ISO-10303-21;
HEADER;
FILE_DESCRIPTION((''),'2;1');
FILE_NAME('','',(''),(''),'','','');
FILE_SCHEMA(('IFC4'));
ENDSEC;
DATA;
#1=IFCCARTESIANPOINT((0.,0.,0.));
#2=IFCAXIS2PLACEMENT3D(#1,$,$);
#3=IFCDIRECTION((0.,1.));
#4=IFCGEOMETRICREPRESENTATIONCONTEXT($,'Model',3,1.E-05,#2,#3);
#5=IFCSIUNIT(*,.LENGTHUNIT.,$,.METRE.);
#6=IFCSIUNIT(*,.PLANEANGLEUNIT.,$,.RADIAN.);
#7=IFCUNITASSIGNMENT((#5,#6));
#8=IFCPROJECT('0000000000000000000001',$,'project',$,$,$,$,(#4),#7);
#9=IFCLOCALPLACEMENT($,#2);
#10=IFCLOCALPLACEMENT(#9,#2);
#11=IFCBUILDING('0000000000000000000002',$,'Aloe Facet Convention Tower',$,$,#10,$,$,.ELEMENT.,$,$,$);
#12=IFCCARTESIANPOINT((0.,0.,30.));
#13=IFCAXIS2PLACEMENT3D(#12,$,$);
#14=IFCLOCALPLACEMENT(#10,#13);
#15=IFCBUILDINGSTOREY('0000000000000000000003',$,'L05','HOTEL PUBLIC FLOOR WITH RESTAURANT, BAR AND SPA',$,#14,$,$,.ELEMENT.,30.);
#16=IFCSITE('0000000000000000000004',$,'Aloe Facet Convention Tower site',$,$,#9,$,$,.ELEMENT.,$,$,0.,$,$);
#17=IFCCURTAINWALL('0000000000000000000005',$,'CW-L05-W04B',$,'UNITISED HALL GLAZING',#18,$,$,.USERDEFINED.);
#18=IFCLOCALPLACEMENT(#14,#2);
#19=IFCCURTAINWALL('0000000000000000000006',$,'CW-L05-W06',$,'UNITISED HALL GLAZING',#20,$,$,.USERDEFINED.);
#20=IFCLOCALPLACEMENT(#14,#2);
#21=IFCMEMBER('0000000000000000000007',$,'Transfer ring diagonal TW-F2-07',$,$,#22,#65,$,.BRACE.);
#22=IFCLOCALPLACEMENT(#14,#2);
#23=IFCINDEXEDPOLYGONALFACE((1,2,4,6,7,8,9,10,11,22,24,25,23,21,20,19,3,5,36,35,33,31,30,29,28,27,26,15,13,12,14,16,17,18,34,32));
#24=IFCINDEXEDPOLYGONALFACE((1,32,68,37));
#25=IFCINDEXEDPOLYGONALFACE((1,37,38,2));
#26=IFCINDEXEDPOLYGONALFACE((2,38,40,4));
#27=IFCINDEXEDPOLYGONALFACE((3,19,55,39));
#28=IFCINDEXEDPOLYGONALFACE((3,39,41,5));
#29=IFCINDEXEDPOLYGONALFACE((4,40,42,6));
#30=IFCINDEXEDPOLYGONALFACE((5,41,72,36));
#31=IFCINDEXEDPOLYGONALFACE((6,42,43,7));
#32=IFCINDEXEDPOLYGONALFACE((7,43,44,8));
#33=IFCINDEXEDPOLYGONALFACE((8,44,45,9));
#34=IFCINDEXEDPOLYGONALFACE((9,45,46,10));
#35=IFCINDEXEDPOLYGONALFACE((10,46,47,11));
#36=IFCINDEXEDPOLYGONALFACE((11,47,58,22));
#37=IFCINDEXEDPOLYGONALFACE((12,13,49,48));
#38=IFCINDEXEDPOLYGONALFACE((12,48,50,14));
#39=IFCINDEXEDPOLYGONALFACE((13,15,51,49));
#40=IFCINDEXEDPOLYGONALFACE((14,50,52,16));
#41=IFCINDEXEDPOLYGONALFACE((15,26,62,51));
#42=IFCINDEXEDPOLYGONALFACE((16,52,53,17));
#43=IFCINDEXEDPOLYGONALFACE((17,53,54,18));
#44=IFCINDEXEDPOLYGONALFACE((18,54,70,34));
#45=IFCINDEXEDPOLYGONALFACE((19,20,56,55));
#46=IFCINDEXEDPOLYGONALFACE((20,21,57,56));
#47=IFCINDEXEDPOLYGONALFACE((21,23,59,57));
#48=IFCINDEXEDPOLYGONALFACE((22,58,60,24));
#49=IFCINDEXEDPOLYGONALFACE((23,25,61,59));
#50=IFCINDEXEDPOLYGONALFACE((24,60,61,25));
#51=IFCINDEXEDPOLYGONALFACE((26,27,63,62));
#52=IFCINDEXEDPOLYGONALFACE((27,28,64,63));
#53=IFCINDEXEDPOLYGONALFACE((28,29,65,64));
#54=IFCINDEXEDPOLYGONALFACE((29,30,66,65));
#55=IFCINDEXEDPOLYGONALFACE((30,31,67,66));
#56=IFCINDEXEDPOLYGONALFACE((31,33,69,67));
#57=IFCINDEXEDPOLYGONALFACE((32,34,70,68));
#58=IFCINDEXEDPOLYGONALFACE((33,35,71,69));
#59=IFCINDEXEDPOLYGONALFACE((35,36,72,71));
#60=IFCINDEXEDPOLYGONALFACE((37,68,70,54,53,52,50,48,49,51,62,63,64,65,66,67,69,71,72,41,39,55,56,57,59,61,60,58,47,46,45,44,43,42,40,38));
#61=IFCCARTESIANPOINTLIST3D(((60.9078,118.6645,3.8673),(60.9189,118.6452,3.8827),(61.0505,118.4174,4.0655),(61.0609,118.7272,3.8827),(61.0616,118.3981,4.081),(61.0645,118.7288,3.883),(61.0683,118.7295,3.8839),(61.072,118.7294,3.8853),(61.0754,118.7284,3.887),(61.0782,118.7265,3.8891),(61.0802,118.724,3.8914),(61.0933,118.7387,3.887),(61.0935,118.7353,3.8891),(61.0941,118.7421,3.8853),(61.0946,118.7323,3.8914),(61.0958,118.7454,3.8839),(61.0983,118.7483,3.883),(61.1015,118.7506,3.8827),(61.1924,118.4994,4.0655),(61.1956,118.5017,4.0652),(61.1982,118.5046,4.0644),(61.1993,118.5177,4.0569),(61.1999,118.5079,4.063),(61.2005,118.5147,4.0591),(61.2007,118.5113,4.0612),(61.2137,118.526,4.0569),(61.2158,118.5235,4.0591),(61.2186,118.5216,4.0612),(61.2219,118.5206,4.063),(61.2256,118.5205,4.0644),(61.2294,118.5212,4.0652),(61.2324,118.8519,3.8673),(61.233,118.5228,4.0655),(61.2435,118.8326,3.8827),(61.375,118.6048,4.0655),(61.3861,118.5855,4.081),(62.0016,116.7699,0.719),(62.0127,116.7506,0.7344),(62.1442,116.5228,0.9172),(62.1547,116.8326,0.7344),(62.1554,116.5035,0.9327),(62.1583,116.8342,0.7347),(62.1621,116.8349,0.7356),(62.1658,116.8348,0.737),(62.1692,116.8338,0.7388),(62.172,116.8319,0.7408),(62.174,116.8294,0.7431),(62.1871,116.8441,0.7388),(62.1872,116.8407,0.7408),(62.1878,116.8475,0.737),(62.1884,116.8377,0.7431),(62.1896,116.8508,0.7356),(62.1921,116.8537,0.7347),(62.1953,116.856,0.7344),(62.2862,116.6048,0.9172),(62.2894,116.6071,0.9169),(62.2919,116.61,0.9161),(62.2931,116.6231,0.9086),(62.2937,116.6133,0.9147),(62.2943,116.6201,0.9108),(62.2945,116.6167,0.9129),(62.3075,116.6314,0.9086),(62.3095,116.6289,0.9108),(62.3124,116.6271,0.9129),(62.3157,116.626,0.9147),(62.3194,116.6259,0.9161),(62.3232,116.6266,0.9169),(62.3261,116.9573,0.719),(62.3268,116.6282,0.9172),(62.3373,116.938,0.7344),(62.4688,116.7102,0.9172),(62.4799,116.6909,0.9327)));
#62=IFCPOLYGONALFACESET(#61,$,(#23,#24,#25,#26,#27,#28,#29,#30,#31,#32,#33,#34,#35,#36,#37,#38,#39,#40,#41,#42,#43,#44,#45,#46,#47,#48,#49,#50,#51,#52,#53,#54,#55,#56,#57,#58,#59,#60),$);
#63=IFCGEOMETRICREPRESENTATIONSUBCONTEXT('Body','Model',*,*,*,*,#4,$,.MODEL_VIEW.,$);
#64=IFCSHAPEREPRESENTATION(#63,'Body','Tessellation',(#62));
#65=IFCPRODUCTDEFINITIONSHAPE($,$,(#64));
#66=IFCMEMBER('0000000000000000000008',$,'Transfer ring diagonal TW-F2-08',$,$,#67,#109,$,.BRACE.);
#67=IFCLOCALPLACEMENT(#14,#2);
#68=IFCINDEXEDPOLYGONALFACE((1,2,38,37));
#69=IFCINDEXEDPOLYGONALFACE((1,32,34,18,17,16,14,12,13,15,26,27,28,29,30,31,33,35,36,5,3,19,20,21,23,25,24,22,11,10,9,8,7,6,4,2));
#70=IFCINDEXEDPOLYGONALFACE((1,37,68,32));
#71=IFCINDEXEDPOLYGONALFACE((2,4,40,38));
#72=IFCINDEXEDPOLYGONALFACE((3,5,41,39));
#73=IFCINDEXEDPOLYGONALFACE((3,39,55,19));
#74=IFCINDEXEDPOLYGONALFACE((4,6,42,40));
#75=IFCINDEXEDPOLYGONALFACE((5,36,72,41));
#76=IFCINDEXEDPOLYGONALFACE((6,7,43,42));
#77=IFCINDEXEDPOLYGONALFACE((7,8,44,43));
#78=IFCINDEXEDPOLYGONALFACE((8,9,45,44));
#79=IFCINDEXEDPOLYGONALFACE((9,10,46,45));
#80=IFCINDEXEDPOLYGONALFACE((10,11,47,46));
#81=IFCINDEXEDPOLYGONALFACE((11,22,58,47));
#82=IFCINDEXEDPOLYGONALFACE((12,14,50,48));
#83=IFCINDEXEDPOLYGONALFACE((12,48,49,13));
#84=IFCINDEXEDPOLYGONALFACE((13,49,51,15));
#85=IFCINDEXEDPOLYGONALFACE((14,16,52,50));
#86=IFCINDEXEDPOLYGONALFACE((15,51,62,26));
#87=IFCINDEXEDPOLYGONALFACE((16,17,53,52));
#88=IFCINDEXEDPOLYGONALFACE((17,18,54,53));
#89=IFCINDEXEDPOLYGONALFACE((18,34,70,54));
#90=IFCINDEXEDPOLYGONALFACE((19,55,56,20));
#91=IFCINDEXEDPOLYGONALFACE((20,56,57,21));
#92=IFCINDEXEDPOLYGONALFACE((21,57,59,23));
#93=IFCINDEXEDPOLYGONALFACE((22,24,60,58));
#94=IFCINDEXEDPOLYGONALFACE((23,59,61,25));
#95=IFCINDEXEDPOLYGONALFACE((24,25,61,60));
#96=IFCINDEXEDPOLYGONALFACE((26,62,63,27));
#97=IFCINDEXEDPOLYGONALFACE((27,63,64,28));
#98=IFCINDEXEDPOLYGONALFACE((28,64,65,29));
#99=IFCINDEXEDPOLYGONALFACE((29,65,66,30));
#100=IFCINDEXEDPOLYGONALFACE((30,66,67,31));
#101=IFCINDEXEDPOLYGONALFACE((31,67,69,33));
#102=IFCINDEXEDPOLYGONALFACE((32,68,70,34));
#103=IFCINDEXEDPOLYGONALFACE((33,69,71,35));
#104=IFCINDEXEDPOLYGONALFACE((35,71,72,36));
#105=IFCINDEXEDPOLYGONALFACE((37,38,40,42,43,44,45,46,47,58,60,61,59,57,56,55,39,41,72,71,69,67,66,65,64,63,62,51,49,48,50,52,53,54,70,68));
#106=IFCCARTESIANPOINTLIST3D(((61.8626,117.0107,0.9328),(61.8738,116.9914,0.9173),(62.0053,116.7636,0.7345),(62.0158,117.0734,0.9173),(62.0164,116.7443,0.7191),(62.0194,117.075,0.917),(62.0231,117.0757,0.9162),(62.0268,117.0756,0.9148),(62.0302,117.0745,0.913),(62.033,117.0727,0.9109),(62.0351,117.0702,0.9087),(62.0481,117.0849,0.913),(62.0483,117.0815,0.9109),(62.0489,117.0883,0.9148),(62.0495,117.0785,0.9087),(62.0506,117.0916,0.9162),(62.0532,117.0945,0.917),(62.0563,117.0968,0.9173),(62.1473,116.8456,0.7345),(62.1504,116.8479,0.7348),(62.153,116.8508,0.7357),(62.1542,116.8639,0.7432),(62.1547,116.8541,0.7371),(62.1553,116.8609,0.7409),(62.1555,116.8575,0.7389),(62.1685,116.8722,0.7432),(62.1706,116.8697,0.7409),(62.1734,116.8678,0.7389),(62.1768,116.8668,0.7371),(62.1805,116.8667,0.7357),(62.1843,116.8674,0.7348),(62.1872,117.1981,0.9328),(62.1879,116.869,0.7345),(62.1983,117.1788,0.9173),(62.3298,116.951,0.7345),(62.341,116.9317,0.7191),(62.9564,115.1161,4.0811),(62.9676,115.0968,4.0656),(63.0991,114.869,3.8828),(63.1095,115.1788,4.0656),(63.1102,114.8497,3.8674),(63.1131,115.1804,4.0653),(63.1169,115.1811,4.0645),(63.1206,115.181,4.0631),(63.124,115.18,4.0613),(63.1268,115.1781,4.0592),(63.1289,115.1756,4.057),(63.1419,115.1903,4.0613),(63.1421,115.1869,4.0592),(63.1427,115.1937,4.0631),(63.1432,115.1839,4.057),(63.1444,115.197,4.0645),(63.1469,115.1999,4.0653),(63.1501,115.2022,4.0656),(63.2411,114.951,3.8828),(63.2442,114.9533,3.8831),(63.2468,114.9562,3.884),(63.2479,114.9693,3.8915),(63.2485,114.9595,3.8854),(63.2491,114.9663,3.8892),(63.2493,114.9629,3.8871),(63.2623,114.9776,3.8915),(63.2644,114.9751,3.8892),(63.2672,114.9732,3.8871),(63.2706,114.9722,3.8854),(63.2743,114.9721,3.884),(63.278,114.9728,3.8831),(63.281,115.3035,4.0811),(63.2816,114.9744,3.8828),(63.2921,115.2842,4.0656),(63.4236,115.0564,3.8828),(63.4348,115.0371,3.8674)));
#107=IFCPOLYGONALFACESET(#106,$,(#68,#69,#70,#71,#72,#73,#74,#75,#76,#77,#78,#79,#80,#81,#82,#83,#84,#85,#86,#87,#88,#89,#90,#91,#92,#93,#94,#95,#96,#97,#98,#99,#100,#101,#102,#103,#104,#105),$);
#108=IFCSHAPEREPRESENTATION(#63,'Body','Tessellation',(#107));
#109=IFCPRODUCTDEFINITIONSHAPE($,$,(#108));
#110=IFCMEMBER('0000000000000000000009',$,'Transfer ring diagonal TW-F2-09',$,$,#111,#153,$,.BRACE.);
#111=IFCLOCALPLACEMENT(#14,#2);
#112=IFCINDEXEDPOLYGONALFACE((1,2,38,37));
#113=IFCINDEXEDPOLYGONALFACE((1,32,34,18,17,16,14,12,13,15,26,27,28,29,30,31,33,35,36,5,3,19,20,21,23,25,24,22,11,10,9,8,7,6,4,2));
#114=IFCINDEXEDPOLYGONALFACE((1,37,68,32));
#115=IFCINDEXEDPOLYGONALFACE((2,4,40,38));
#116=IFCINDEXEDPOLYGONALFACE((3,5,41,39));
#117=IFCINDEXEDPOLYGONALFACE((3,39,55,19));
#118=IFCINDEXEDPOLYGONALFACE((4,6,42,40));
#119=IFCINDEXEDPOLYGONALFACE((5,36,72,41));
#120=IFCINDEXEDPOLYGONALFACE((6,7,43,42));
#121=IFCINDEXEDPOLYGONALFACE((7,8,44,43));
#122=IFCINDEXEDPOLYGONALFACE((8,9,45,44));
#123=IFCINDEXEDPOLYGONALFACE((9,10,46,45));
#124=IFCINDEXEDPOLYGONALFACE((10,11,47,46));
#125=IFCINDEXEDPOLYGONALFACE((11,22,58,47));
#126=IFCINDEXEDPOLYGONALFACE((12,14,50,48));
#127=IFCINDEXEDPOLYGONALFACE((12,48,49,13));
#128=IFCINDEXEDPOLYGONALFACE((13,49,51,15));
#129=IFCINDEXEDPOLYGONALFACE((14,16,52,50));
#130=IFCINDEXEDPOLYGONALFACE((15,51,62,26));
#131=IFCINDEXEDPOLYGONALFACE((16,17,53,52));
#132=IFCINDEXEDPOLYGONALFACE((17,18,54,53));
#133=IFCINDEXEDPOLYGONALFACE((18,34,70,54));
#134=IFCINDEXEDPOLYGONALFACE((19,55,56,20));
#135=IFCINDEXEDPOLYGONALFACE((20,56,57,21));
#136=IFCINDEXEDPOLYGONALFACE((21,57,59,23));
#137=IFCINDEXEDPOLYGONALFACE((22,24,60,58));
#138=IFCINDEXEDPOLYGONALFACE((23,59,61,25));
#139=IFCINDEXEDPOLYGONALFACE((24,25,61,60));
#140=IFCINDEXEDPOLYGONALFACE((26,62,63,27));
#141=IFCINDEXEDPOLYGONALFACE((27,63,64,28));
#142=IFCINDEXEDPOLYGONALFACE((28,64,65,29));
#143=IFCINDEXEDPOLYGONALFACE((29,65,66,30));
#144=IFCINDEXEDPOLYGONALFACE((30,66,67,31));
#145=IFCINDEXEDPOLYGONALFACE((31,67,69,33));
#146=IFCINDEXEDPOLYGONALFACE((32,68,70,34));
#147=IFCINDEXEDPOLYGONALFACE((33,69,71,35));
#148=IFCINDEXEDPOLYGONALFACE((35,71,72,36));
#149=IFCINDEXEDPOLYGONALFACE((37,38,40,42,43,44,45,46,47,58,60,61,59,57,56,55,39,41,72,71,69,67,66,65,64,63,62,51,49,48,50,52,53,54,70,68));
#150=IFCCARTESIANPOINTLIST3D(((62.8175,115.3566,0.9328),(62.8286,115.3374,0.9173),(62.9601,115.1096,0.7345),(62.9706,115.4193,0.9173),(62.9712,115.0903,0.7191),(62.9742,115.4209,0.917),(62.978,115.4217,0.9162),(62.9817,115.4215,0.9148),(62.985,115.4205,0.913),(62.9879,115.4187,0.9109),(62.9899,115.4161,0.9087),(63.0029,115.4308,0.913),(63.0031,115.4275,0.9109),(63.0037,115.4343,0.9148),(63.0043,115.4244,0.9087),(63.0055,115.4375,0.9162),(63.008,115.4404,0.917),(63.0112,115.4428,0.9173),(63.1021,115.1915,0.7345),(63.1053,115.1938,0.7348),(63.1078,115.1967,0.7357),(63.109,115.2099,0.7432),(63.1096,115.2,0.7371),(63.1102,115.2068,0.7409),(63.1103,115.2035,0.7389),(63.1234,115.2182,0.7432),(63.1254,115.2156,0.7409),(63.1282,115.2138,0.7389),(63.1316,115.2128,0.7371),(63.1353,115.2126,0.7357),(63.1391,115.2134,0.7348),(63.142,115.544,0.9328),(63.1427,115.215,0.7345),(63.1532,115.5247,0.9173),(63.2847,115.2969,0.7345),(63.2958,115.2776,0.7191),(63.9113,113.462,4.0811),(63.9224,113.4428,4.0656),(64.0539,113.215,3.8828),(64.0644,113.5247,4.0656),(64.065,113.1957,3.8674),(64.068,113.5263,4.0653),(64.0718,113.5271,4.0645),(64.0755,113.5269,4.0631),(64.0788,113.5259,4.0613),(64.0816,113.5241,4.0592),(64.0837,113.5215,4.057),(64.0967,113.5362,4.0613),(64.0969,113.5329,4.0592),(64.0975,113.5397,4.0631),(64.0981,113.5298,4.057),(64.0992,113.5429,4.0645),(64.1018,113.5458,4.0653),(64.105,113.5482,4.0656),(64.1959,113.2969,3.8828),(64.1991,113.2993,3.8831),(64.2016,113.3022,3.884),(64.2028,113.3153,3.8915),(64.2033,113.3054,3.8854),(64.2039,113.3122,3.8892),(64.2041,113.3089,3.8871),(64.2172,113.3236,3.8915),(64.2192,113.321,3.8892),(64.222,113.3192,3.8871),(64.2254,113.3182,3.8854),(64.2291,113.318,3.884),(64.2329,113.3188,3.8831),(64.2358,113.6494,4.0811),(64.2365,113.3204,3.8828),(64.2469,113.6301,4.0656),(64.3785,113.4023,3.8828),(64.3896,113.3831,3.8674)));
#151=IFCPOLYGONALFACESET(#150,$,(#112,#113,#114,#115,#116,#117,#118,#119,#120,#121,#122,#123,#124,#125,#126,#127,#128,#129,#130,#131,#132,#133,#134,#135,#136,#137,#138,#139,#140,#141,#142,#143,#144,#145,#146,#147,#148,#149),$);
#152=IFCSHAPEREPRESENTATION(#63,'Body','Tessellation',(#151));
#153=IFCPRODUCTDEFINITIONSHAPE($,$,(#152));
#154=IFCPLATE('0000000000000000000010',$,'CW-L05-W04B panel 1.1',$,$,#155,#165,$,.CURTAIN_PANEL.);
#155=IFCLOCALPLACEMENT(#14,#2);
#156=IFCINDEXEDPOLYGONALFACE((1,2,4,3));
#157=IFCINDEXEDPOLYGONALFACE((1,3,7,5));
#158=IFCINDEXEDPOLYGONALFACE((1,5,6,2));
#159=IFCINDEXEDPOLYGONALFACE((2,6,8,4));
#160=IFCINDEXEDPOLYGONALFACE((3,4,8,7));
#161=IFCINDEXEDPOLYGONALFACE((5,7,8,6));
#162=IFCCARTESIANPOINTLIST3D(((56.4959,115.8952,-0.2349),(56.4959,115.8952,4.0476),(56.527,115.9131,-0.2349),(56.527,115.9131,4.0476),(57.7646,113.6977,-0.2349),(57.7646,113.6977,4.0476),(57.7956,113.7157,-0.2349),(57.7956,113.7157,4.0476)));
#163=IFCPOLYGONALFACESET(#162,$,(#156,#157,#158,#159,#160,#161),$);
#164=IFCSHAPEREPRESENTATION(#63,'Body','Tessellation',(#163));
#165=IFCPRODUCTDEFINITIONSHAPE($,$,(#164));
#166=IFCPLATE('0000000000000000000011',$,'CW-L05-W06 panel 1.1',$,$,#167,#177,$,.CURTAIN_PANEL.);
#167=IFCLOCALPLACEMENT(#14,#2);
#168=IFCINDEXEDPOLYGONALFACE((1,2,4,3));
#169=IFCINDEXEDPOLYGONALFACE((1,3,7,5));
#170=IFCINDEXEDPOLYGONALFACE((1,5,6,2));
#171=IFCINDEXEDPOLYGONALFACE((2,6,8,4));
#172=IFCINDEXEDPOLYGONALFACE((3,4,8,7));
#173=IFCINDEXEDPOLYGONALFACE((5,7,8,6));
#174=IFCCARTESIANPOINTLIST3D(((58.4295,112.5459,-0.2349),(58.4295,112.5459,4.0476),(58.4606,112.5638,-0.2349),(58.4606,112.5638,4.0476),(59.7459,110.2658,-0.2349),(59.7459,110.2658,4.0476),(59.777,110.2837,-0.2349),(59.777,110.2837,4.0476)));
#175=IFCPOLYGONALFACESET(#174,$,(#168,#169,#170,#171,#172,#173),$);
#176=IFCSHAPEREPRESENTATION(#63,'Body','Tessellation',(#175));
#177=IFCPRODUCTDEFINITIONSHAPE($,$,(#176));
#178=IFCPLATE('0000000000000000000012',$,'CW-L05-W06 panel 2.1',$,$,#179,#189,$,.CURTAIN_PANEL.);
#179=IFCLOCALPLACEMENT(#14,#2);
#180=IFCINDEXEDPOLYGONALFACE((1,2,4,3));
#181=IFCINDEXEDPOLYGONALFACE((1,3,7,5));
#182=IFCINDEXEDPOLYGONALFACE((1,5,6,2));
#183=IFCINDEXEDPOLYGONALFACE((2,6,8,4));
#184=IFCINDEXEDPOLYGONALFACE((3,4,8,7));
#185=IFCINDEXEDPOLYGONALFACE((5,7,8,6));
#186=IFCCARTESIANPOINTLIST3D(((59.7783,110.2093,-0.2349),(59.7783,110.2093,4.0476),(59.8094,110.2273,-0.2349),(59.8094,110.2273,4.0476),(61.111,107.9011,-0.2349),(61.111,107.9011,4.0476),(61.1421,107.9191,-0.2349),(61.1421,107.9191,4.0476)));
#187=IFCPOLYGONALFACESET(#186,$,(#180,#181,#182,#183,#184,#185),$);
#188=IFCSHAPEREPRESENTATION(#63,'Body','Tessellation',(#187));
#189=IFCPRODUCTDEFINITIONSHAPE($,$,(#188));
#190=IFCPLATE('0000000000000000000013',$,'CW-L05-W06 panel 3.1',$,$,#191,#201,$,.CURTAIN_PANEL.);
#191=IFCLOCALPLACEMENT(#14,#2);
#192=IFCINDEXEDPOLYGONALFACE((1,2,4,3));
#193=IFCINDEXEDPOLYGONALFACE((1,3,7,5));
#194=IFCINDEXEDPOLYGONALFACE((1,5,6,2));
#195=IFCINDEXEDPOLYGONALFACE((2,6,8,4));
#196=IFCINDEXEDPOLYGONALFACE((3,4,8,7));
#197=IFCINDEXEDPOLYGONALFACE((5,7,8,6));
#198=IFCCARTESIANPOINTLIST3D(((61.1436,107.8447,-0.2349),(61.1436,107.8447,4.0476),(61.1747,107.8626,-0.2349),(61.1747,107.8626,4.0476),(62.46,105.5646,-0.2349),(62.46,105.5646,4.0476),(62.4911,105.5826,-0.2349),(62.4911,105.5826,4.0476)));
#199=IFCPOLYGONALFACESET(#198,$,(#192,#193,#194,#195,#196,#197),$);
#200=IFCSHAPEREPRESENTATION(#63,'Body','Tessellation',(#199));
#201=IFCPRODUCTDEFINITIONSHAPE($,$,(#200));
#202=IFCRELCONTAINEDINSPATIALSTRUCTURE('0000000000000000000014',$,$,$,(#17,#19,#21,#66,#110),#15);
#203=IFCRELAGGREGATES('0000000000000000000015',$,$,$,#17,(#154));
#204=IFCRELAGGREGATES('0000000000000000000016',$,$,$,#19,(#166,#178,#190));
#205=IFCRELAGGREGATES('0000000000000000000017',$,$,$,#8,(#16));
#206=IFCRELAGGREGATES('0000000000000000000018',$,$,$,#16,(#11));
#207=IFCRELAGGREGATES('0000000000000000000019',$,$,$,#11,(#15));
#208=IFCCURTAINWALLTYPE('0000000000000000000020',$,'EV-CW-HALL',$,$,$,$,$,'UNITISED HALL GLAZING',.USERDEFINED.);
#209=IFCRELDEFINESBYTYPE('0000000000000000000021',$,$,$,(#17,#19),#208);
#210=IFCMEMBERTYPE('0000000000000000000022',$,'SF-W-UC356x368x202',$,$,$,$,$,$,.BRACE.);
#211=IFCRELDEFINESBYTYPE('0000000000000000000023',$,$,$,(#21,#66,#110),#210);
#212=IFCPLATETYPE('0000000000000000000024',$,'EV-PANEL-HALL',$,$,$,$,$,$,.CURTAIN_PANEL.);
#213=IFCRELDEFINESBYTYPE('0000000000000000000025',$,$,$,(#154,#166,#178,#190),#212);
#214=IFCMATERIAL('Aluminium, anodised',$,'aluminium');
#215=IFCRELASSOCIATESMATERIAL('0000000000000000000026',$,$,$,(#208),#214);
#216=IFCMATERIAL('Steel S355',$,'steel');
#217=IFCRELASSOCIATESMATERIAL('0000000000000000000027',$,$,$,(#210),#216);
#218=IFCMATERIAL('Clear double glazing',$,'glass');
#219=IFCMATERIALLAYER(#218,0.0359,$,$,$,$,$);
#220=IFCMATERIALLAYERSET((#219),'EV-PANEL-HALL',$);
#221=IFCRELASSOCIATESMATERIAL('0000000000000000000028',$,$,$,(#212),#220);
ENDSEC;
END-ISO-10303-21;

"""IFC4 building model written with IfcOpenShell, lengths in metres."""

from ifc_helpers import new_model, si_unit, direction, frame, origin, origin_2d, place, context, subcontext, project, spatial, rectangle, i_section, extrude, material, layer, layer_set, material_profile, profile_set, type_object, element, aggregate, save


model = new_model("IFC4")

# Units and contexts
model_context = context("Model", 3, precision=1e-05, world=origin(), true_north=direction((0.0, 1.0)))
body_context = subcontext(model_context, "Body", "Model", "MODEL_VIEW")
ifc_project = project(units=[si_unit("LENGTHUNIT", "METRE"), si_unit("PLANEANGLEUNIT", "RADIAN")], contexts=[model_context])

# Site, building, storey
site_placement = place(None, origin())
site = spatial("IfcSite", under=ifc_project, at=site_placement, Name="Aloe Facet Convention Tower site", CompositionType="ELEMENT", RefElevation=0.0)
building_placement = place(site_placement, origin())
building = spatial("IfcBuilding", under=site, at=building_placement, Name="Aloe Facet Convention Tower", CompositionType="ELEMENT")
storey_placement = place(building_placement, frame((0.0, 0.0, 30.0)))
storey = spatial("IfcBuildingStorey", under=building, at=storey_placement, Name="L05", Description="HOTEL PUBLIC FLOOR WITH RESTAURANT, BAR AND SPA", CompositionType="ELEMENT", Elevation=30.0)

# Curtain walls
ifc_material_1 = material(Name="Aluminium, anodised", Category="aluminium")
curtain_wall_type = type_object("IfcCurtainWallType", Name="EV-CW-HALL", ElementType="UNITISED HALL GLAZING", PredefinedType="USERDEFINED", material=ifc_material_1)
curtain_wall_1_placement = place(storey_placement, origin())
curtain_wall_1 = element("IfcCurtainWall", 1, at=curtain_wall_1_placement, inside=storey, type_object=curtain_wall_type, Name="CW-L05-W04B", ObjectType="UNITISED HALL GLAZING", PredefinedType="USERDEFINED")
curtain_wall_2_placement = place(storey_placement, origin())
curtain_wall_2 = element("IfcCurtainWall", 2, at=curtain_wall_2_placement, inside=storey, type_object=curtain_wall_type, Name="CW-L05-W06", ObjectType="UNITISED HALL GLAZING", PredefinedType="USERDEFINED")

# Members
ifc_material_2 = material(Name="Steel S355", Category="steel")
ifc_material_profile_1 = material_profile(ifc_material_2, i_section(OverallWidth=0.3748, OverallDepth=0.3745, WebThickness=0.0166, FlangeThickness=0.0271, FilletRadius=0.0151, at=origin_2d()), Name="UC 356x368x202")
ifc_profile_set_1 = profile_set([ifc_material_profile_1], Name="Steel S355")
member_type_1 = type_object("IfcMemberType", Name="SF-W-UC356x368x202", PredefinedType="BRACE", material=ifc_profile_set_1)
for number, where, z_axis, x_axis, name in (
    (3, (61.147, 118.625, 3.9741), (0.285305, -0.494188, -0.821206), (0.866037, 0.49998, 0.0), "Transfer ring diagonal TW-F2-07"),
    (4, (62.1018, 116.9712, 0.8259), (0.285305, -0.494188, 0.821206), (0.866037, 0.49998, 0.0), "Transfer ring diagonal TW-F2-08"),
    (5, (63.0566, 115.3171, 0.8259), (0.285305, -0.494188, 0.821206), (0.866037, 0.49998, 0.0), "Transfer ring diagonal TW-F2-09"),
):
    element("IfcMember", number, at=place(storey_placement, frame(where, z_axis=z_axis, x_axis=x_axis)), inside=storey, type_object=member_type_1, Name=name, PredefinedType="BRACE", context=body_context, shape_type="SweptSolid", body=[
        extrude(i_section(OverallWidth=0.3748, OverallDepth=0.3745, WebThickness=0.0166, FlangeThickness=0.0271, FilletRadius=0.0151, at=origin_2d()), origin(), (0.0, 0.0, 1.0), 3.8337),
    ])

# Plates
ifc_material_3 = material(Name="Clear double glazing", Category="glass")
ifc_layer_1 = layer(ifc_material_3, 0.0359)
ifc_layer_set_1 = layer_set([ifc_layer_1], Name="EV-PANEL-HALL")
plate_type = type_object("IfcPlateType", Name="EV-PANEL-HALL", PredefinedType="CURTAIN_PANEL", material=ifc_layer_set_1)
plate_1_placement = place(storey_placement, frame((57.1458, 114.8054, -0.2349), z_axis=(0.0, 0.0, 1.0), x_axis=(0.5, -0.866025, 0.0)))
plate_1 = element("IfcPlate", 6, at=plate_1_placement, type_object=plate_type, Name="CW-L05-W04B panel 1.1", PredefinedType="CURTAIN_PANEL", context=body_context, shape_type="SweptSolid", body=[
    extrude(rectangle(XDim=2.5374, YDim=0.0359, at=origin_2d()), origin(), (0.0, 0.0, 1.0), 4.2825),
])
aggregate(curtain_wall_1, [plate_1])
plate_2_placement = place(storey_placement, frame((59.1033, 111.4148, -0.2349), z_axis=(0.0, 0.0, 1.0), x_axis=(0.5, -0.866025, 0.0)))
plate_2 = element("IfcPlate", 7, at=plate_2_placement, type_object=plate_type, Name="CW-L05-W06 panel 1.1", PredefinedType="CURTAIN_PANEL", context=body_context, shape_type="SweptSolid", body=[
    extrude(rectangle(XDim=2.6328, YDim=0.0359, at=origin_2d()), origin(), (0.0, 0.0, 1.0), 4.2825),
])
plate_3_placement = place(storey_placement, frame((60.4602, 109.0642, -0.2349), z_axis=(0.0, 0.0, 1.0), x_axis=(0.5, -0.866025, 0.0)))
plate_3 = element("IfcPlate", 8, at=plate_3_placement, type_object=plate_type, Name="CW-L05-W06 panel 2.1", PredefinedType="CURTAIN_PANEL", context=body_context, shape_type="SweptSolid", body=[
    extrude(rectangle(XDim=2.6653, YDim=0.0359, at=origin_2d()), origin(), (0.0, 0.0, 1.0), 4.2825),
])
plate_4_placement = place(storey_placement, frame((61.8174, 106.7136, -0.2349), z_axis=(0.0, 0.0, 1.0), x_axis=(0.5, -0.866025, 0.0)))
plate_4 = element("IfcPlate", 9, at=plate_4_placement, type_object=plate_type, Name="CW-L05-W06 panel 3.1", PredefinedType="CURTAIN_PANEL", context=body_context, shape_type="SweptSolid", body=[
    extrude(rectangle(XDim=2.6328, YDim=0.0359, at=origin_2d()), origin(), (0.0, 0.0, 1.0), 4.2825),
])
aggregate(curtain_wall_2, [plate_2, plate_3, plate_4])

save(model, "model.ifc")
